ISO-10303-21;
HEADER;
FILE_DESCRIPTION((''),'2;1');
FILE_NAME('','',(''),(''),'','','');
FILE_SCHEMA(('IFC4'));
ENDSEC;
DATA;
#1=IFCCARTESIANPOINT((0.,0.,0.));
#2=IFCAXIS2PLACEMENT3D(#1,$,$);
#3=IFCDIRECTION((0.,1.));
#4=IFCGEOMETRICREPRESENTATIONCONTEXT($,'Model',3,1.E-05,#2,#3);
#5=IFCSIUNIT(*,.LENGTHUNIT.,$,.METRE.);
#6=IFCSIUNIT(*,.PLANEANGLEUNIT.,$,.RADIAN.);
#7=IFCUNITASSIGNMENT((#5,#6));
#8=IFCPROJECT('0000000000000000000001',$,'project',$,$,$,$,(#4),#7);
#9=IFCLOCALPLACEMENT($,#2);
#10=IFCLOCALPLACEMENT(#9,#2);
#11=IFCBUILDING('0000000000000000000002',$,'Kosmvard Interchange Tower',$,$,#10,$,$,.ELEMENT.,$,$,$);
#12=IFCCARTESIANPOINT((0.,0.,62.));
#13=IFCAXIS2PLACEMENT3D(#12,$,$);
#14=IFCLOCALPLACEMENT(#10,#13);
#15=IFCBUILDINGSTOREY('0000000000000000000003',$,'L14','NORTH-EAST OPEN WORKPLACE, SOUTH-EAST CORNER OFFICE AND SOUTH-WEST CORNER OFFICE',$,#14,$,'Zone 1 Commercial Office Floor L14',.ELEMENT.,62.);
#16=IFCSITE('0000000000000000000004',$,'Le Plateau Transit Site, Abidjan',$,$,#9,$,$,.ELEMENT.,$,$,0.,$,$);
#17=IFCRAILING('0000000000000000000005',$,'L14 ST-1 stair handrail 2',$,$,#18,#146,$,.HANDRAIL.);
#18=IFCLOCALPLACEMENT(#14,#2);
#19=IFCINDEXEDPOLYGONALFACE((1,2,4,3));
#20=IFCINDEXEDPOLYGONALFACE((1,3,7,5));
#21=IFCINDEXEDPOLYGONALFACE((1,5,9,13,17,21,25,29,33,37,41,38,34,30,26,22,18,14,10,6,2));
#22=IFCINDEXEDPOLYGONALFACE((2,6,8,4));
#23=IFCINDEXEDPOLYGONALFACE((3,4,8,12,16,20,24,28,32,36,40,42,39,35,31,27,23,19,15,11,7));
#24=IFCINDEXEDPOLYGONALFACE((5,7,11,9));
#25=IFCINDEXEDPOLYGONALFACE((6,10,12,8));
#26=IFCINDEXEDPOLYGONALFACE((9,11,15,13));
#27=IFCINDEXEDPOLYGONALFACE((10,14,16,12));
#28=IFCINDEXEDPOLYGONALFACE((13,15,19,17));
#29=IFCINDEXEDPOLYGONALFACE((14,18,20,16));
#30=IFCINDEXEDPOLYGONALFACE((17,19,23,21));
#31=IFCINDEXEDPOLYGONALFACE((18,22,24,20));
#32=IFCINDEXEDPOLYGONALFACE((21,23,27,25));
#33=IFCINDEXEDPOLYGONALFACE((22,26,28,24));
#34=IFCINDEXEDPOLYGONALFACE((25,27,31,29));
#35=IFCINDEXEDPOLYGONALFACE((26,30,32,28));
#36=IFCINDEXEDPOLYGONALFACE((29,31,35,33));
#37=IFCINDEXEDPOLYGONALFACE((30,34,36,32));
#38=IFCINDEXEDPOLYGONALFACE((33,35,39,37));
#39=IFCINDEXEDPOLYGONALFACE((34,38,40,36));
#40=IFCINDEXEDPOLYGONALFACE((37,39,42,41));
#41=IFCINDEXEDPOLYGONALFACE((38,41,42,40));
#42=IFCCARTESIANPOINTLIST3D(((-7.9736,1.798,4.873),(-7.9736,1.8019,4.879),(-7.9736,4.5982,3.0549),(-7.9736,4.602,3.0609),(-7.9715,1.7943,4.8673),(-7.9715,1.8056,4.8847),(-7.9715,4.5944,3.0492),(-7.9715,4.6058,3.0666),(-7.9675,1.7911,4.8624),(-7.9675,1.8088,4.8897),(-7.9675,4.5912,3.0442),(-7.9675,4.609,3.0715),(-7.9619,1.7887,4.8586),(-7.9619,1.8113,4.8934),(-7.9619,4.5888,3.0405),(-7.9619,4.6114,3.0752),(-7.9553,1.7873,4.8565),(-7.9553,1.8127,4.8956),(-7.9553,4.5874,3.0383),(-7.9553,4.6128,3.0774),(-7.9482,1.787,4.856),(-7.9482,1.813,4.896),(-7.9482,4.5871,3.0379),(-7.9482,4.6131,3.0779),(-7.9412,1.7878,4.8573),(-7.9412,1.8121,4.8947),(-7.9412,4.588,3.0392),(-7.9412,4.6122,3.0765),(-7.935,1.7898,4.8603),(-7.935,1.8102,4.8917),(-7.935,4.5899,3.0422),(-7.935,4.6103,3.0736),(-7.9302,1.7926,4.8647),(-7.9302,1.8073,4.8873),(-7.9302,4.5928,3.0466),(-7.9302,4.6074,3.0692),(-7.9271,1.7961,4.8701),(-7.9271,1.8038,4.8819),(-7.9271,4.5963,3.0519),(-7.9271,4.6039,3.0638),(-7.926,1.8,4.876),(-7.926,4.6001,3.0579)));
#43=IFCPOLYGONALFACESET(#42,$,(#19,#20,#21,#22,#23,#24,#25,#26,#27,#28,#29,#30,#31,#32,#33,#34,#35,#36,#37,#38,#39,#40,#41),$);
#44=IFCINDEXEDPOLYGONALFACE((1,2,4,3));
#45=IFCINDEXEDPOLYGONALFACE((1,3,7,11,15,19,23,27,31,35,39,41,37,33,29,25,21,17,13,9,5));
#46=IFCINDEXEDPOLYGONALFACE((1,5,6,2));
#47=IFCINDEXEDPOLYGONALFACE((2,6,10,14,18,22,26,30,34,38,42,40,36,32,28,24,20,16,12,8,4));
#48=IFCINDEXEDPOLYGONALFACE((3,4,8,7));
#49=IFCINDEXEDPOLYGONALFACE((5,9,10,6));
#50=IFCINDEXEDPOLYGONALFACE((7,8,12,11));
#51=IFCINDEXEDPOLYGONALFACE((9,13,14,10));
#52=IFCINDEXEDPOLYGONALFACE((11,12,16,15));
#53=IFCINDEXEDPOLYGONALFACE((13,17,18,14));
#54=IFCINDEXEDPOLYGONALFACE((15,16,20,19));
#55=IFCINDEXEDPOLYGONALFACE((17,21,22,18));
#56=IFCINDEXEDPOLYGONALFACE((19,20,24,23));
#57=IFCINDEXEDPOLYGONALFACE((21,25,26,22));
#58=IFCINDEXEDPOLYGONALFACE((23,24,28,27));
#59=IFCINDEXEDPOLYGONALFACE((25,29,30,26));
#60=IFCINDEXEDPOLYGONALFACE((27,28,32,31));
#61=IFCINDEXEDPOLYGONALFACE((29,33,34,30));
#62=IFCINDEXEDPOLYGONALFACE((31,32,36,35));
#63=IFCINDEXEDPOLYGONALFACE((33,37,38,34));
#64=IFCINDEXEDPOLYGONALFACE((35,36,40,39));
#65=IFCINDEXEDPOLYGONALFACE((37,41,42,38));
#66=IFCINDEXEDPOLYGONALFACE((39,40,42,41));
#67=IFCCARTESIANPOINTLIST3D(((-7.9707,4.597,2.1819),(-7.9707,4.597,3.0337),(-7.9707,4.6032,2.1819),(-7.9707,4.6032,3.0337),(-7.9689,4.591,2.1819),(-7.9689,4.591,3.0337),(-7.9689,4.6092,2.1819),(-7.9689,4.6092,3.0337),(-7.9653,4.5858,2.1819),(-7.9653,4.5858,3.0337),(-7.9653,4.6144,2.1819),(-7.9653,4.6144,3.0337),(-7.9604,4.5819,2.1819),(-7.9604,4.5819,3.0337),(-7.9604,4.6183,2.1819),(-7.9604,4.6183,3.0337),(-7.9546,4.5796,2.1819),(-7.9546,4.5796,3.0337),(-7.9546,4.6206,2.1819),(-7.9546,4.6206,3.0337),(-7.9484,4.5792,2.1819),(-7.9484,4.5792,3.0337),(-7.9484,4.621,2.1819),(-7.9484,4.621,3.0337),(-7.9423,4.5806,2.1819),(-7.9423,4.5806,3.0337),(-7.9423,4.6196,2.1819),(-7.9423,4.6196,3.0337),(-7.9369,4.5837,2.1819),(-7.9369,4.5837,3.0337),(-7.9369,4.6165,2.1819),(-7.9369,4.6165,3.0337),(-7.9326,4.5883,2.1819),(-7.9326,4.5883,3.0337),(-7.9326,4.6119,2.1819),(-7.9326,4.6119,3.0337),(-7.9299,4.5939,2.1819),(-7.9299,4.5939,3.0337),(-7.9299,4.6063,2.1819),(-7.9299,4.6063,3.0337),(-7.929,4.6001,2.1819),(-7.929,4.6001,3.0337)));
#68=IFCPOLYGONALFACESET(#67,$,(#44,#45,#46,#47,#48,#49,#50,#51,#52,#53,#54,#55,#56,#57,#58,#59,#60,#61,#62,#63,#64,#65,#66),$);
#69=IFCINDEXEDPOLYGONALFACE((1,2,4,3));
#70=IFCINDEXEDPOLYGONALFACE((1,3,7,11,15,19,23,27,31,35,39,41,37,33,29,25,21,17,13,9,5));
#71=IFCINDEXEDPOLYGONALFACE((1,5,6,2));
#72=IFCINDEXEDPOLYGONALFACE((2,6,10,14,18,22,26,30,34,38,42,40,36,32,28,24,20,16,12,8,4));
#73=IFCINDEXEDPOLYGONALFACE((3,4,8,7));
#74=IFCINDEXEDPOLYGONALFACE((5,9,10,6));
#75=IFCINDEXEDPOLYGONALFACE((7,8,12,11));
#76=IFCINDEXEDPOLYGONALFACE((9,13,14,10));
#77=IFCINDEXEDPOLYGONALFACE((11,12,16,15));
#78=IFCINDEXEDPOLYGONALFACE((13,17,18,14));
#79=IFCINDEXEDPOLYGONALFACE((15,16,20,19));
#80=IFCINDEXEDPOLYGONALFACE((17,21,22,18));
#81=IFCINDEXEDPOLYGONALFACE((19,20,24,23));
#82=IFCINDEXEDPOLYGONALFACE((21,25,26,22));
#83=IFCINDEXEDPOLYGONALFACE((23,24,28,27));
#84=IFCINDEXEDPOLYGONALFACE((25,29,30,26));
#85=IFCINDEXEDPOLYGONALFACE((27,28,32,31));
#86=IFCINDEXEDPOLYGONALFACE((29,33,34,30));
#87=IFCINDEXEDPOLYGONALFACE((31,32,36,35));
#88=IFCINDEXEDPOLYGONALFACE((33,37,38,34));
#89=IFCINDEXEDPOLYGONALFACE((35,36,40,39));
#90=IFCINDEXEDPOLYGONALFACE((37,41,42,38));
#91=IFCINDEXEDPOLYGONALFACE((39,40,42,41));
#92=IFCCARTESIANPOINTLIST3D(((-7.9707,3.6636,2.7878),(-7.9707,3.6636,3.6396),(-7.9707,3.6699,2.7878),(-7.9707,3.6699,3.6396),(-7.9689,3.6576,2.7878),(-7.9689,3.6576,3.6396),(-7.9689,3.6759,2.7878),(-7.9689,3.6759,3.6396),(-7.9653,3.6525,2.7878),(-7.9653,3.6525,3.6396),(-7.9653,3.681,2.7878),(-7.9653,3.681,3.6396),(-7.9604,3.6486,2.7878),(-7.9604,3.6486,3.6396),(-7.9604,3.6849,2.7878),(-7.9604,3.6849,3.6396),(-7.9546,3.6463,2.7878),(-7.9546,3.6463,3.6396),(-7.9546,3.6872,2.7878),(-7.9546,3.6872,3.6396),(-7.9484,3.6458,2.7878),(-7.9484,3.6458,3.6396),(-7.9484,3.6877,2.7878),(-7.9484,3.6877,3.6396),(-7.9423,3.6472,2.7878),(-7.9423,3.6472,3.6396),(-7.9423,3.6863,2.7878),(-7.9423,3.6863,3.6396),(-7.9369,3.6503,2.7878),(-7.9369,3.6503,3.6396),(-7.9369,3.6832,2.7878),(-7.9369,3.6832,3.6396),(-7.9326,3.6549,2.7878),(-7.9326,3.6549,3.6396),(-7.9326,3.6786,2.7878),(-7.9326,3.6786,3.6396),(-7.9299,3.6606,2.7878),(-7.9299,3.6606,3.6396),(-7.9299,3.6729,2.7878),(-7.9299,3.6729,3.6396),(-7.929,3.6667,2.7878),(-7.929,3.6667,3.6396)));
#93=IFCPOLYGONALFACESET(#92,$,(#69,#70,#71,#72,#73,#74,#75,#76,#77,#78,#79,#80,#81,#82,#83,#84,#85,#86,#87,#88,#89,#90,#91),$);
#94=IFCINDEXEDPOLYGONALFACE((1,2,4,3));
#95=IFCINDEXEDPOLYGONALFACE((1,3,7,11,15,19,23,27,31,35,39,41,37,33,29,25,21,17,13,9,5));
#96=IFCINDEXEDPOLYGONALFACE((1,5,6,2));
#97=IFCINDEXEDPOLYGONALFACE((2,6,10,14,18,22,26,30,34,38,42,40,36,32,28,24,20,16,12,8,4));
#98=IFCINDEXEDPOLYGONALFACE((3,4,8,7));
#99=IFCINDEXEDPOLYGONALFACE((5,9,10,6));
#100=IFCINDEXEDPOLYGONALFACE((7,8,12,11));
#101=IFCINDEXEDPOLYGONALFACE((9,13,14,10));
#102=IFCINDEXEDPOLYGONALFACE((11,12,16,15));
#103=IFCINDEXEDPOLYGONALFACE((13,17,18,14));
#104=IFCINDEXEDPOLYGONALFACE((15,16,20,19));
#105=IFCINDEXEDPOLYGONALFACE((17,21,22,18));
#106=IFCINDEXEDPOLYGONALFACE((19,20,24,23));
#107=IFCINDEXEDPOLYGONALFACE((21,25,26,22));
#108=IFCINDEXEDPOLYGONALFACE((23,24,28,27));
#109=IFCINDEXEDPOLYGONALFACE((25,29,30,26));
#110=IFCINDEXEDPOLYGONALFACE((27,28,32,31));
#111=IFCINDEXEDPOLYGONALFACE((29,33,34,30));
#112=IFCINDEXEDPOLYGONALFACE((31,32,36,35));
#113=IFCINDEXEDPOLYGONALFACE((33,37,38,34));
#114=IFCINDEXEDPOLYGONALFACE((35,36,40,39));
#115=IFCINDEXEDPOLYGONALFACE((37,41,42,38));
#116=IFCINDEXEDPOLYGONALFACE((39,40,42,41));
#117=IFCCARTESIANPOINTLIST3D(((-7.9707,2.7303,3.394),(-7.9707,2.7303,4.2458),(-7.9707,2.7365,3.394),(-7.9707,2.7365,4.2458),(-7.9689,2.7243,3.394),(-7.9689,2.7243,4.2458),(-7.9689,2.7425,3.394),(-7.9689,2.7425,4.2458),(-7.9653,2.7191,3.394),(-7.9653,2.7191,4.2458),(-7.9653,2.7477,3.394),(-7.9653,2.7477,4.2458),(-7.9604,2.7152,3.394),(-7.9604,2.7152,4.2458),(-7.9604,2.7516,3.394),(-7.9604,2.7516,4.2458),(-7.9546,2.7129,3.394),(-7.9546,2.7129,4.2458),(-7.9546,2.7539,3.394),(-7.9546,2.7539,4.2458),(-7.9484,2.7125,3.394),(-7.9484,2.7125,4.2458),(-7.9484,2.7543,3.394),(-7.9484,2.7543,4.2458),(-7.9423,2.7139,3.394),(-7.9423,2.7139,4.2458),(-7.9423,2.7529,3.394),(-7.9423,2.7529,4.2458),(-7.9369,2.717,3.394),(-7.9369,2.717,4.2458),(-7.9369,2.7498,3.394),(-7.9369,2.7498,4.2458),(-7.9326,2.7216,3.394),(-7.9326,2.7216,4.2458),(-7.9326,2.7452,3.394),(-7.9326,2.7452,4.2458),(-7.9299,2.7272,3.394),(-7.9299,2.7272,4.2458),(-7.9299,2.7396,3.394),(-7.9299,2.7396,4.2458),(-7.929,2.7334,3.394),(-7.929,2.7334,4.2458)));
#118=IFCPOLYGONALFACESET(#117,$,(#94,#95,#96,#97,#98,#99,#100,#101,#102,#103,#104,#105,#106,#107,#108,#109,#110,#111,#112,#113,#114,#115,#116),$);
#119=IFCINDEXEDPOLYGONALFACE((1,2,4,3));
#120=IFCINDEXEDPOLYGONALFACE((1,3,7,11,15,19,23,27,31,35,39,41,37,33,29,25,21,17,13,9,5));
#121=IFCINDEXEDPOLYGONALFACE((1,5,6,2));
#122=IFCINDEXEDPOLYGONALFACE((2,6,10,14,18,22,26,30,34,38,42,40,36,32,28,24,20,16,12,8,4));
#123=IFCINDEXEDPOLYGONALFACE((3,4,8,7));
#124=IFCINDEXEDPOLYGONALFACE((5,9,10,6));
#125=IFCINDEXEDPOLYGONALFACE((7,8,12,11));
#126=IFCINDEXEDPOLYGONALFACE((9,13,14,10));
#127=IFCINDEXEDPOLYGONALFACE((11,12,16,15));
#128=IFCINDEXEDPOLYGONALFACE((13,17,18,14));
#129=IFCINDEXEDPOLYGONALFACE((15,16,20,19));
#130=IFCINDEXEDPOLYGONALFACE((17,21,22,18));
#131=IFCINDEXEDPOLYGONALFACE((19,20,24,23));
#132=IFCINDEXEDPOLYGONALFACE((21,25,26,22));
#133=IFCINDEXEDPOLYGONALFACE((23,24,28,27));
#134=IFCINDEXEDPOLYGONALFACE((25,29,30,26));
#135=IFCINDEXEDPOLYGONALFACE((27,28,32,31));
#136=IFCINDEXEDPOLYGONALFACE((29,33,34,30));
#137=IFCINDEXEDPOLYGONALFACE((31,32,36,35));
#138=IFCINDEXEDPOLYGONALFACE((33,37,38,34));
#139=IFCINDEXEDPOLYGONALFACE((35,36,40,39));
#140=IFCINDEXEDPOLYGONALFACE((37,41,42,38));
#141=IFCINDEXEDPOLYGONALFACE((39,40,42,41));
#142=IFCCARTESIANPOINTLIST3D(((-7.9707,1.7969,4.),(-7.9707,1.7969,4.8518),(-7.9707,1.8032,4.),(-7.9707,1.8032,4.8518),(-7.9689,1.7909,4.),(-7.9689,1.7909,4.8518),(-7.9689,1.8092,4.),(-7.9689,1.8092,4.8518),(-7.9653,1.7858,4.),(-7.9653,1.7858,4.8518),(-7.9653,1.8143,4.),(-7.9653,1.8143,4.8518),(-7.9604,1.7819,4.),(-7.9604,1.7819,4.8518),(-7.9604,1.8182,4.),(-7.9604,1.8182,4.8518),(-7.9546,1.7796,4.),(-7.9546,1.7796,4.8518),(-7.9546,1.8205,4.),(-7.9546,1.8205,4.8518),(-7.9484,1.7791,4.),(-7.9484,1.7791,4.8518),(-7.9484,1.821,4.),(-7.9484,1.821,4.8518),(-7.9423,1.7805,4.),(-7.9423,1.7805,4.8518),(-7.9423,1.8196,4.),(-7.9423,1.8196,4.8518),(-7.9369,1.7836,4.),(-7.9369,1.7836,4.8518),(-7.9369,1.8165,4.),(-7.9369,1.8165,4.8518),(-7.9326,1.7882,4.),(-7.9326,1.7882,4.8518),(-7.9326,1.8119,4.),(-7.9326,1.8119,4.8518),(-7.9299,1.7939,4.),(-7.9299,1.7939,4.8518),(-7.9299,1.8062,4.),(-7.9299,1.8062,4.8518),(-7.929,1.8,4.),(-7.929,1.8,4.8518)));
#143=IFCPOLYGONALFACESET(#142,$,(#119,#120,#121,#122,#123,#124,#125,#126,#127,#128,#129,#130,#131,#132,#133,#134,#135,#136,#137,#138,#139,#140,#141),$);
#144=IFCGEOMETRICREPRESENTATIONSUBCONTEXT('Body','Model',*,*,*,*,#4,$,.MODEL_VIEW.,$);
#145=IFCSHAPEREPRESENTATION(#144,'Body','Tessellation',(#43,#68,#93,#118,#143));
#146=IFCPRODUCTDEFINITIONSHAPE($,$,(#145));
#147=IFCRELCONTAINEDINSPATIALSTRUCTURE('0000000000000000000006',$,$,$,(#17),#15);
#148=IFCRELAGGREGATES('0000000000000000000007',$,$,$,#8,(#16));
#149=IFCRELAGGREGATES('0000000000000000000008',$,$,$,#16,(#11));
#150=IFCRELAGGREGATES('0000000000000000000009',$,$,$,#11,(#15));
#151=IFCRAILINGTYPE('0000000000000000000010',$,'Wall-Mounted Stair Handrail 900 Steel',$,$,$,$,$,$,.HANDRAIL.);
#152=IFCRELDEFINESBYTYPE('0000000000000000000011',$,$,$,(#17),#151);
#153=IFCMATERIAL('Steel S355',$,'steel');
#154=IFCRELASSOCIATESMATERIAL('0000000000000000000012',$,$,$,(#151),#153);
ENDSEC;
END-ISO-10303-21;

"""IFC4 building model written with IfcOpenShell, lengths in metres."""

from ifc_helpers import new_model, si_unit, direction, frame, origin, origin_2d, place, context, subcontext, project, spatial, circle, extrude, source, transform, mapped, material, type_object, element, save


model = new_model("IFC4")

# Units and contexts
model_context = context("Model", 3, precision=1e-05, world=origin(), true_north=direction((0.0, 1.0)))
body_context = subcontext(model_context, "Body", "Model", "MODEL_VIEW")
ifc_project = project(units=[si_unit("LENGTHUNIT", "METRE"), si_unit("PLANEANGLEUNIT", "RADIAN")], contexts=[model_context])

# Site, building, storey
site_placement = place(None, origin())
site = spatial("IfcSite", under=ifc_project, at=site_placement, Name="Le Plateau Transit Site, Abidjan", CompositionType="ELEMENT", RefElevation=0.0)
building_placement = place(site_placement, origin())
building = spatial("IfcBuilding", under=site, at=building_placement, Name="Kosmvard Interchange Tower", CompositionType="ELEMENT")
storey_placement = place(building_placement, frame((0.0, 0.0, 62.0)))
storey = spatial("IfcBuildingStorey", under=building, at=storey_placement, Name="L14", Description="NORTH-EAST OPEN WORKPLACE, SOUTH-EAST CORNER OFFICE AND SOUTH-WEST CORNER OFFICE", LongName="Zone 1 Commercial Office Floor L14", CompositionType="ELEMENT", Elevation=62.0)

# Railing
ifc_material_1 = material(Name="Steel S355", Category="steel")
railing_type_1 = type_object("IfcRailingType", Name="Wall-Mounted Stair Handrail 900 Steel", PredefinedType="HANDRAIL", material=ifc_material_1)
shared_shape_1 = source(origin(), body_context, "Body", "SweptSolid", [
    extrude(circle(Radius=0.0239, at=origin_2d()), frame((0.0, 0.0, 0.876), z_axis=(0.0, -0.838706, 0.544585), x_axis=(1.0, 0.0, 0.0)), (0.0, 0.0, 1.0), 3.3386),
    extrude(circle(Radius=0.021, at=origin_2d()), origin(), (0.0, 0.0, 1.0), 0.8518),
    extrude(circle(Radius=0.021, at=origin_2d()), frame((0.0, -0.9333, 0.606)), (0.0, 0.0, 1.0), 0.8518),
    extrude(circle(Radius=0.021, at=origin_2d()), frame((0.0, -1.8667, 1.2122)), (0.0, 0.0, 1.0), 0.8518),
    extrude(circle(Radius=0.021, at=origin_2d()), frame((0.0, -2.8, 1.8181)), (0.0, 0.0, 1.0), 0.8518),
])
railing_1_placement = place(storey_placement, frame((-7.95, 4.6001, 2.1819)))
element("IfcRailing", 1, at=railing_1_placement, inside=storey, type_object=railing_type_1, Name="L14 ST-1 stair handrail 2", PredefinedType="HANDRAIL", context=body_context, shape_type="MappedRepresentation", body=[
    mapped(shared_shape_1, transform((0.0, 0.0, 0.0), scale=1.0)),
])

save(model, "model.ifc")
